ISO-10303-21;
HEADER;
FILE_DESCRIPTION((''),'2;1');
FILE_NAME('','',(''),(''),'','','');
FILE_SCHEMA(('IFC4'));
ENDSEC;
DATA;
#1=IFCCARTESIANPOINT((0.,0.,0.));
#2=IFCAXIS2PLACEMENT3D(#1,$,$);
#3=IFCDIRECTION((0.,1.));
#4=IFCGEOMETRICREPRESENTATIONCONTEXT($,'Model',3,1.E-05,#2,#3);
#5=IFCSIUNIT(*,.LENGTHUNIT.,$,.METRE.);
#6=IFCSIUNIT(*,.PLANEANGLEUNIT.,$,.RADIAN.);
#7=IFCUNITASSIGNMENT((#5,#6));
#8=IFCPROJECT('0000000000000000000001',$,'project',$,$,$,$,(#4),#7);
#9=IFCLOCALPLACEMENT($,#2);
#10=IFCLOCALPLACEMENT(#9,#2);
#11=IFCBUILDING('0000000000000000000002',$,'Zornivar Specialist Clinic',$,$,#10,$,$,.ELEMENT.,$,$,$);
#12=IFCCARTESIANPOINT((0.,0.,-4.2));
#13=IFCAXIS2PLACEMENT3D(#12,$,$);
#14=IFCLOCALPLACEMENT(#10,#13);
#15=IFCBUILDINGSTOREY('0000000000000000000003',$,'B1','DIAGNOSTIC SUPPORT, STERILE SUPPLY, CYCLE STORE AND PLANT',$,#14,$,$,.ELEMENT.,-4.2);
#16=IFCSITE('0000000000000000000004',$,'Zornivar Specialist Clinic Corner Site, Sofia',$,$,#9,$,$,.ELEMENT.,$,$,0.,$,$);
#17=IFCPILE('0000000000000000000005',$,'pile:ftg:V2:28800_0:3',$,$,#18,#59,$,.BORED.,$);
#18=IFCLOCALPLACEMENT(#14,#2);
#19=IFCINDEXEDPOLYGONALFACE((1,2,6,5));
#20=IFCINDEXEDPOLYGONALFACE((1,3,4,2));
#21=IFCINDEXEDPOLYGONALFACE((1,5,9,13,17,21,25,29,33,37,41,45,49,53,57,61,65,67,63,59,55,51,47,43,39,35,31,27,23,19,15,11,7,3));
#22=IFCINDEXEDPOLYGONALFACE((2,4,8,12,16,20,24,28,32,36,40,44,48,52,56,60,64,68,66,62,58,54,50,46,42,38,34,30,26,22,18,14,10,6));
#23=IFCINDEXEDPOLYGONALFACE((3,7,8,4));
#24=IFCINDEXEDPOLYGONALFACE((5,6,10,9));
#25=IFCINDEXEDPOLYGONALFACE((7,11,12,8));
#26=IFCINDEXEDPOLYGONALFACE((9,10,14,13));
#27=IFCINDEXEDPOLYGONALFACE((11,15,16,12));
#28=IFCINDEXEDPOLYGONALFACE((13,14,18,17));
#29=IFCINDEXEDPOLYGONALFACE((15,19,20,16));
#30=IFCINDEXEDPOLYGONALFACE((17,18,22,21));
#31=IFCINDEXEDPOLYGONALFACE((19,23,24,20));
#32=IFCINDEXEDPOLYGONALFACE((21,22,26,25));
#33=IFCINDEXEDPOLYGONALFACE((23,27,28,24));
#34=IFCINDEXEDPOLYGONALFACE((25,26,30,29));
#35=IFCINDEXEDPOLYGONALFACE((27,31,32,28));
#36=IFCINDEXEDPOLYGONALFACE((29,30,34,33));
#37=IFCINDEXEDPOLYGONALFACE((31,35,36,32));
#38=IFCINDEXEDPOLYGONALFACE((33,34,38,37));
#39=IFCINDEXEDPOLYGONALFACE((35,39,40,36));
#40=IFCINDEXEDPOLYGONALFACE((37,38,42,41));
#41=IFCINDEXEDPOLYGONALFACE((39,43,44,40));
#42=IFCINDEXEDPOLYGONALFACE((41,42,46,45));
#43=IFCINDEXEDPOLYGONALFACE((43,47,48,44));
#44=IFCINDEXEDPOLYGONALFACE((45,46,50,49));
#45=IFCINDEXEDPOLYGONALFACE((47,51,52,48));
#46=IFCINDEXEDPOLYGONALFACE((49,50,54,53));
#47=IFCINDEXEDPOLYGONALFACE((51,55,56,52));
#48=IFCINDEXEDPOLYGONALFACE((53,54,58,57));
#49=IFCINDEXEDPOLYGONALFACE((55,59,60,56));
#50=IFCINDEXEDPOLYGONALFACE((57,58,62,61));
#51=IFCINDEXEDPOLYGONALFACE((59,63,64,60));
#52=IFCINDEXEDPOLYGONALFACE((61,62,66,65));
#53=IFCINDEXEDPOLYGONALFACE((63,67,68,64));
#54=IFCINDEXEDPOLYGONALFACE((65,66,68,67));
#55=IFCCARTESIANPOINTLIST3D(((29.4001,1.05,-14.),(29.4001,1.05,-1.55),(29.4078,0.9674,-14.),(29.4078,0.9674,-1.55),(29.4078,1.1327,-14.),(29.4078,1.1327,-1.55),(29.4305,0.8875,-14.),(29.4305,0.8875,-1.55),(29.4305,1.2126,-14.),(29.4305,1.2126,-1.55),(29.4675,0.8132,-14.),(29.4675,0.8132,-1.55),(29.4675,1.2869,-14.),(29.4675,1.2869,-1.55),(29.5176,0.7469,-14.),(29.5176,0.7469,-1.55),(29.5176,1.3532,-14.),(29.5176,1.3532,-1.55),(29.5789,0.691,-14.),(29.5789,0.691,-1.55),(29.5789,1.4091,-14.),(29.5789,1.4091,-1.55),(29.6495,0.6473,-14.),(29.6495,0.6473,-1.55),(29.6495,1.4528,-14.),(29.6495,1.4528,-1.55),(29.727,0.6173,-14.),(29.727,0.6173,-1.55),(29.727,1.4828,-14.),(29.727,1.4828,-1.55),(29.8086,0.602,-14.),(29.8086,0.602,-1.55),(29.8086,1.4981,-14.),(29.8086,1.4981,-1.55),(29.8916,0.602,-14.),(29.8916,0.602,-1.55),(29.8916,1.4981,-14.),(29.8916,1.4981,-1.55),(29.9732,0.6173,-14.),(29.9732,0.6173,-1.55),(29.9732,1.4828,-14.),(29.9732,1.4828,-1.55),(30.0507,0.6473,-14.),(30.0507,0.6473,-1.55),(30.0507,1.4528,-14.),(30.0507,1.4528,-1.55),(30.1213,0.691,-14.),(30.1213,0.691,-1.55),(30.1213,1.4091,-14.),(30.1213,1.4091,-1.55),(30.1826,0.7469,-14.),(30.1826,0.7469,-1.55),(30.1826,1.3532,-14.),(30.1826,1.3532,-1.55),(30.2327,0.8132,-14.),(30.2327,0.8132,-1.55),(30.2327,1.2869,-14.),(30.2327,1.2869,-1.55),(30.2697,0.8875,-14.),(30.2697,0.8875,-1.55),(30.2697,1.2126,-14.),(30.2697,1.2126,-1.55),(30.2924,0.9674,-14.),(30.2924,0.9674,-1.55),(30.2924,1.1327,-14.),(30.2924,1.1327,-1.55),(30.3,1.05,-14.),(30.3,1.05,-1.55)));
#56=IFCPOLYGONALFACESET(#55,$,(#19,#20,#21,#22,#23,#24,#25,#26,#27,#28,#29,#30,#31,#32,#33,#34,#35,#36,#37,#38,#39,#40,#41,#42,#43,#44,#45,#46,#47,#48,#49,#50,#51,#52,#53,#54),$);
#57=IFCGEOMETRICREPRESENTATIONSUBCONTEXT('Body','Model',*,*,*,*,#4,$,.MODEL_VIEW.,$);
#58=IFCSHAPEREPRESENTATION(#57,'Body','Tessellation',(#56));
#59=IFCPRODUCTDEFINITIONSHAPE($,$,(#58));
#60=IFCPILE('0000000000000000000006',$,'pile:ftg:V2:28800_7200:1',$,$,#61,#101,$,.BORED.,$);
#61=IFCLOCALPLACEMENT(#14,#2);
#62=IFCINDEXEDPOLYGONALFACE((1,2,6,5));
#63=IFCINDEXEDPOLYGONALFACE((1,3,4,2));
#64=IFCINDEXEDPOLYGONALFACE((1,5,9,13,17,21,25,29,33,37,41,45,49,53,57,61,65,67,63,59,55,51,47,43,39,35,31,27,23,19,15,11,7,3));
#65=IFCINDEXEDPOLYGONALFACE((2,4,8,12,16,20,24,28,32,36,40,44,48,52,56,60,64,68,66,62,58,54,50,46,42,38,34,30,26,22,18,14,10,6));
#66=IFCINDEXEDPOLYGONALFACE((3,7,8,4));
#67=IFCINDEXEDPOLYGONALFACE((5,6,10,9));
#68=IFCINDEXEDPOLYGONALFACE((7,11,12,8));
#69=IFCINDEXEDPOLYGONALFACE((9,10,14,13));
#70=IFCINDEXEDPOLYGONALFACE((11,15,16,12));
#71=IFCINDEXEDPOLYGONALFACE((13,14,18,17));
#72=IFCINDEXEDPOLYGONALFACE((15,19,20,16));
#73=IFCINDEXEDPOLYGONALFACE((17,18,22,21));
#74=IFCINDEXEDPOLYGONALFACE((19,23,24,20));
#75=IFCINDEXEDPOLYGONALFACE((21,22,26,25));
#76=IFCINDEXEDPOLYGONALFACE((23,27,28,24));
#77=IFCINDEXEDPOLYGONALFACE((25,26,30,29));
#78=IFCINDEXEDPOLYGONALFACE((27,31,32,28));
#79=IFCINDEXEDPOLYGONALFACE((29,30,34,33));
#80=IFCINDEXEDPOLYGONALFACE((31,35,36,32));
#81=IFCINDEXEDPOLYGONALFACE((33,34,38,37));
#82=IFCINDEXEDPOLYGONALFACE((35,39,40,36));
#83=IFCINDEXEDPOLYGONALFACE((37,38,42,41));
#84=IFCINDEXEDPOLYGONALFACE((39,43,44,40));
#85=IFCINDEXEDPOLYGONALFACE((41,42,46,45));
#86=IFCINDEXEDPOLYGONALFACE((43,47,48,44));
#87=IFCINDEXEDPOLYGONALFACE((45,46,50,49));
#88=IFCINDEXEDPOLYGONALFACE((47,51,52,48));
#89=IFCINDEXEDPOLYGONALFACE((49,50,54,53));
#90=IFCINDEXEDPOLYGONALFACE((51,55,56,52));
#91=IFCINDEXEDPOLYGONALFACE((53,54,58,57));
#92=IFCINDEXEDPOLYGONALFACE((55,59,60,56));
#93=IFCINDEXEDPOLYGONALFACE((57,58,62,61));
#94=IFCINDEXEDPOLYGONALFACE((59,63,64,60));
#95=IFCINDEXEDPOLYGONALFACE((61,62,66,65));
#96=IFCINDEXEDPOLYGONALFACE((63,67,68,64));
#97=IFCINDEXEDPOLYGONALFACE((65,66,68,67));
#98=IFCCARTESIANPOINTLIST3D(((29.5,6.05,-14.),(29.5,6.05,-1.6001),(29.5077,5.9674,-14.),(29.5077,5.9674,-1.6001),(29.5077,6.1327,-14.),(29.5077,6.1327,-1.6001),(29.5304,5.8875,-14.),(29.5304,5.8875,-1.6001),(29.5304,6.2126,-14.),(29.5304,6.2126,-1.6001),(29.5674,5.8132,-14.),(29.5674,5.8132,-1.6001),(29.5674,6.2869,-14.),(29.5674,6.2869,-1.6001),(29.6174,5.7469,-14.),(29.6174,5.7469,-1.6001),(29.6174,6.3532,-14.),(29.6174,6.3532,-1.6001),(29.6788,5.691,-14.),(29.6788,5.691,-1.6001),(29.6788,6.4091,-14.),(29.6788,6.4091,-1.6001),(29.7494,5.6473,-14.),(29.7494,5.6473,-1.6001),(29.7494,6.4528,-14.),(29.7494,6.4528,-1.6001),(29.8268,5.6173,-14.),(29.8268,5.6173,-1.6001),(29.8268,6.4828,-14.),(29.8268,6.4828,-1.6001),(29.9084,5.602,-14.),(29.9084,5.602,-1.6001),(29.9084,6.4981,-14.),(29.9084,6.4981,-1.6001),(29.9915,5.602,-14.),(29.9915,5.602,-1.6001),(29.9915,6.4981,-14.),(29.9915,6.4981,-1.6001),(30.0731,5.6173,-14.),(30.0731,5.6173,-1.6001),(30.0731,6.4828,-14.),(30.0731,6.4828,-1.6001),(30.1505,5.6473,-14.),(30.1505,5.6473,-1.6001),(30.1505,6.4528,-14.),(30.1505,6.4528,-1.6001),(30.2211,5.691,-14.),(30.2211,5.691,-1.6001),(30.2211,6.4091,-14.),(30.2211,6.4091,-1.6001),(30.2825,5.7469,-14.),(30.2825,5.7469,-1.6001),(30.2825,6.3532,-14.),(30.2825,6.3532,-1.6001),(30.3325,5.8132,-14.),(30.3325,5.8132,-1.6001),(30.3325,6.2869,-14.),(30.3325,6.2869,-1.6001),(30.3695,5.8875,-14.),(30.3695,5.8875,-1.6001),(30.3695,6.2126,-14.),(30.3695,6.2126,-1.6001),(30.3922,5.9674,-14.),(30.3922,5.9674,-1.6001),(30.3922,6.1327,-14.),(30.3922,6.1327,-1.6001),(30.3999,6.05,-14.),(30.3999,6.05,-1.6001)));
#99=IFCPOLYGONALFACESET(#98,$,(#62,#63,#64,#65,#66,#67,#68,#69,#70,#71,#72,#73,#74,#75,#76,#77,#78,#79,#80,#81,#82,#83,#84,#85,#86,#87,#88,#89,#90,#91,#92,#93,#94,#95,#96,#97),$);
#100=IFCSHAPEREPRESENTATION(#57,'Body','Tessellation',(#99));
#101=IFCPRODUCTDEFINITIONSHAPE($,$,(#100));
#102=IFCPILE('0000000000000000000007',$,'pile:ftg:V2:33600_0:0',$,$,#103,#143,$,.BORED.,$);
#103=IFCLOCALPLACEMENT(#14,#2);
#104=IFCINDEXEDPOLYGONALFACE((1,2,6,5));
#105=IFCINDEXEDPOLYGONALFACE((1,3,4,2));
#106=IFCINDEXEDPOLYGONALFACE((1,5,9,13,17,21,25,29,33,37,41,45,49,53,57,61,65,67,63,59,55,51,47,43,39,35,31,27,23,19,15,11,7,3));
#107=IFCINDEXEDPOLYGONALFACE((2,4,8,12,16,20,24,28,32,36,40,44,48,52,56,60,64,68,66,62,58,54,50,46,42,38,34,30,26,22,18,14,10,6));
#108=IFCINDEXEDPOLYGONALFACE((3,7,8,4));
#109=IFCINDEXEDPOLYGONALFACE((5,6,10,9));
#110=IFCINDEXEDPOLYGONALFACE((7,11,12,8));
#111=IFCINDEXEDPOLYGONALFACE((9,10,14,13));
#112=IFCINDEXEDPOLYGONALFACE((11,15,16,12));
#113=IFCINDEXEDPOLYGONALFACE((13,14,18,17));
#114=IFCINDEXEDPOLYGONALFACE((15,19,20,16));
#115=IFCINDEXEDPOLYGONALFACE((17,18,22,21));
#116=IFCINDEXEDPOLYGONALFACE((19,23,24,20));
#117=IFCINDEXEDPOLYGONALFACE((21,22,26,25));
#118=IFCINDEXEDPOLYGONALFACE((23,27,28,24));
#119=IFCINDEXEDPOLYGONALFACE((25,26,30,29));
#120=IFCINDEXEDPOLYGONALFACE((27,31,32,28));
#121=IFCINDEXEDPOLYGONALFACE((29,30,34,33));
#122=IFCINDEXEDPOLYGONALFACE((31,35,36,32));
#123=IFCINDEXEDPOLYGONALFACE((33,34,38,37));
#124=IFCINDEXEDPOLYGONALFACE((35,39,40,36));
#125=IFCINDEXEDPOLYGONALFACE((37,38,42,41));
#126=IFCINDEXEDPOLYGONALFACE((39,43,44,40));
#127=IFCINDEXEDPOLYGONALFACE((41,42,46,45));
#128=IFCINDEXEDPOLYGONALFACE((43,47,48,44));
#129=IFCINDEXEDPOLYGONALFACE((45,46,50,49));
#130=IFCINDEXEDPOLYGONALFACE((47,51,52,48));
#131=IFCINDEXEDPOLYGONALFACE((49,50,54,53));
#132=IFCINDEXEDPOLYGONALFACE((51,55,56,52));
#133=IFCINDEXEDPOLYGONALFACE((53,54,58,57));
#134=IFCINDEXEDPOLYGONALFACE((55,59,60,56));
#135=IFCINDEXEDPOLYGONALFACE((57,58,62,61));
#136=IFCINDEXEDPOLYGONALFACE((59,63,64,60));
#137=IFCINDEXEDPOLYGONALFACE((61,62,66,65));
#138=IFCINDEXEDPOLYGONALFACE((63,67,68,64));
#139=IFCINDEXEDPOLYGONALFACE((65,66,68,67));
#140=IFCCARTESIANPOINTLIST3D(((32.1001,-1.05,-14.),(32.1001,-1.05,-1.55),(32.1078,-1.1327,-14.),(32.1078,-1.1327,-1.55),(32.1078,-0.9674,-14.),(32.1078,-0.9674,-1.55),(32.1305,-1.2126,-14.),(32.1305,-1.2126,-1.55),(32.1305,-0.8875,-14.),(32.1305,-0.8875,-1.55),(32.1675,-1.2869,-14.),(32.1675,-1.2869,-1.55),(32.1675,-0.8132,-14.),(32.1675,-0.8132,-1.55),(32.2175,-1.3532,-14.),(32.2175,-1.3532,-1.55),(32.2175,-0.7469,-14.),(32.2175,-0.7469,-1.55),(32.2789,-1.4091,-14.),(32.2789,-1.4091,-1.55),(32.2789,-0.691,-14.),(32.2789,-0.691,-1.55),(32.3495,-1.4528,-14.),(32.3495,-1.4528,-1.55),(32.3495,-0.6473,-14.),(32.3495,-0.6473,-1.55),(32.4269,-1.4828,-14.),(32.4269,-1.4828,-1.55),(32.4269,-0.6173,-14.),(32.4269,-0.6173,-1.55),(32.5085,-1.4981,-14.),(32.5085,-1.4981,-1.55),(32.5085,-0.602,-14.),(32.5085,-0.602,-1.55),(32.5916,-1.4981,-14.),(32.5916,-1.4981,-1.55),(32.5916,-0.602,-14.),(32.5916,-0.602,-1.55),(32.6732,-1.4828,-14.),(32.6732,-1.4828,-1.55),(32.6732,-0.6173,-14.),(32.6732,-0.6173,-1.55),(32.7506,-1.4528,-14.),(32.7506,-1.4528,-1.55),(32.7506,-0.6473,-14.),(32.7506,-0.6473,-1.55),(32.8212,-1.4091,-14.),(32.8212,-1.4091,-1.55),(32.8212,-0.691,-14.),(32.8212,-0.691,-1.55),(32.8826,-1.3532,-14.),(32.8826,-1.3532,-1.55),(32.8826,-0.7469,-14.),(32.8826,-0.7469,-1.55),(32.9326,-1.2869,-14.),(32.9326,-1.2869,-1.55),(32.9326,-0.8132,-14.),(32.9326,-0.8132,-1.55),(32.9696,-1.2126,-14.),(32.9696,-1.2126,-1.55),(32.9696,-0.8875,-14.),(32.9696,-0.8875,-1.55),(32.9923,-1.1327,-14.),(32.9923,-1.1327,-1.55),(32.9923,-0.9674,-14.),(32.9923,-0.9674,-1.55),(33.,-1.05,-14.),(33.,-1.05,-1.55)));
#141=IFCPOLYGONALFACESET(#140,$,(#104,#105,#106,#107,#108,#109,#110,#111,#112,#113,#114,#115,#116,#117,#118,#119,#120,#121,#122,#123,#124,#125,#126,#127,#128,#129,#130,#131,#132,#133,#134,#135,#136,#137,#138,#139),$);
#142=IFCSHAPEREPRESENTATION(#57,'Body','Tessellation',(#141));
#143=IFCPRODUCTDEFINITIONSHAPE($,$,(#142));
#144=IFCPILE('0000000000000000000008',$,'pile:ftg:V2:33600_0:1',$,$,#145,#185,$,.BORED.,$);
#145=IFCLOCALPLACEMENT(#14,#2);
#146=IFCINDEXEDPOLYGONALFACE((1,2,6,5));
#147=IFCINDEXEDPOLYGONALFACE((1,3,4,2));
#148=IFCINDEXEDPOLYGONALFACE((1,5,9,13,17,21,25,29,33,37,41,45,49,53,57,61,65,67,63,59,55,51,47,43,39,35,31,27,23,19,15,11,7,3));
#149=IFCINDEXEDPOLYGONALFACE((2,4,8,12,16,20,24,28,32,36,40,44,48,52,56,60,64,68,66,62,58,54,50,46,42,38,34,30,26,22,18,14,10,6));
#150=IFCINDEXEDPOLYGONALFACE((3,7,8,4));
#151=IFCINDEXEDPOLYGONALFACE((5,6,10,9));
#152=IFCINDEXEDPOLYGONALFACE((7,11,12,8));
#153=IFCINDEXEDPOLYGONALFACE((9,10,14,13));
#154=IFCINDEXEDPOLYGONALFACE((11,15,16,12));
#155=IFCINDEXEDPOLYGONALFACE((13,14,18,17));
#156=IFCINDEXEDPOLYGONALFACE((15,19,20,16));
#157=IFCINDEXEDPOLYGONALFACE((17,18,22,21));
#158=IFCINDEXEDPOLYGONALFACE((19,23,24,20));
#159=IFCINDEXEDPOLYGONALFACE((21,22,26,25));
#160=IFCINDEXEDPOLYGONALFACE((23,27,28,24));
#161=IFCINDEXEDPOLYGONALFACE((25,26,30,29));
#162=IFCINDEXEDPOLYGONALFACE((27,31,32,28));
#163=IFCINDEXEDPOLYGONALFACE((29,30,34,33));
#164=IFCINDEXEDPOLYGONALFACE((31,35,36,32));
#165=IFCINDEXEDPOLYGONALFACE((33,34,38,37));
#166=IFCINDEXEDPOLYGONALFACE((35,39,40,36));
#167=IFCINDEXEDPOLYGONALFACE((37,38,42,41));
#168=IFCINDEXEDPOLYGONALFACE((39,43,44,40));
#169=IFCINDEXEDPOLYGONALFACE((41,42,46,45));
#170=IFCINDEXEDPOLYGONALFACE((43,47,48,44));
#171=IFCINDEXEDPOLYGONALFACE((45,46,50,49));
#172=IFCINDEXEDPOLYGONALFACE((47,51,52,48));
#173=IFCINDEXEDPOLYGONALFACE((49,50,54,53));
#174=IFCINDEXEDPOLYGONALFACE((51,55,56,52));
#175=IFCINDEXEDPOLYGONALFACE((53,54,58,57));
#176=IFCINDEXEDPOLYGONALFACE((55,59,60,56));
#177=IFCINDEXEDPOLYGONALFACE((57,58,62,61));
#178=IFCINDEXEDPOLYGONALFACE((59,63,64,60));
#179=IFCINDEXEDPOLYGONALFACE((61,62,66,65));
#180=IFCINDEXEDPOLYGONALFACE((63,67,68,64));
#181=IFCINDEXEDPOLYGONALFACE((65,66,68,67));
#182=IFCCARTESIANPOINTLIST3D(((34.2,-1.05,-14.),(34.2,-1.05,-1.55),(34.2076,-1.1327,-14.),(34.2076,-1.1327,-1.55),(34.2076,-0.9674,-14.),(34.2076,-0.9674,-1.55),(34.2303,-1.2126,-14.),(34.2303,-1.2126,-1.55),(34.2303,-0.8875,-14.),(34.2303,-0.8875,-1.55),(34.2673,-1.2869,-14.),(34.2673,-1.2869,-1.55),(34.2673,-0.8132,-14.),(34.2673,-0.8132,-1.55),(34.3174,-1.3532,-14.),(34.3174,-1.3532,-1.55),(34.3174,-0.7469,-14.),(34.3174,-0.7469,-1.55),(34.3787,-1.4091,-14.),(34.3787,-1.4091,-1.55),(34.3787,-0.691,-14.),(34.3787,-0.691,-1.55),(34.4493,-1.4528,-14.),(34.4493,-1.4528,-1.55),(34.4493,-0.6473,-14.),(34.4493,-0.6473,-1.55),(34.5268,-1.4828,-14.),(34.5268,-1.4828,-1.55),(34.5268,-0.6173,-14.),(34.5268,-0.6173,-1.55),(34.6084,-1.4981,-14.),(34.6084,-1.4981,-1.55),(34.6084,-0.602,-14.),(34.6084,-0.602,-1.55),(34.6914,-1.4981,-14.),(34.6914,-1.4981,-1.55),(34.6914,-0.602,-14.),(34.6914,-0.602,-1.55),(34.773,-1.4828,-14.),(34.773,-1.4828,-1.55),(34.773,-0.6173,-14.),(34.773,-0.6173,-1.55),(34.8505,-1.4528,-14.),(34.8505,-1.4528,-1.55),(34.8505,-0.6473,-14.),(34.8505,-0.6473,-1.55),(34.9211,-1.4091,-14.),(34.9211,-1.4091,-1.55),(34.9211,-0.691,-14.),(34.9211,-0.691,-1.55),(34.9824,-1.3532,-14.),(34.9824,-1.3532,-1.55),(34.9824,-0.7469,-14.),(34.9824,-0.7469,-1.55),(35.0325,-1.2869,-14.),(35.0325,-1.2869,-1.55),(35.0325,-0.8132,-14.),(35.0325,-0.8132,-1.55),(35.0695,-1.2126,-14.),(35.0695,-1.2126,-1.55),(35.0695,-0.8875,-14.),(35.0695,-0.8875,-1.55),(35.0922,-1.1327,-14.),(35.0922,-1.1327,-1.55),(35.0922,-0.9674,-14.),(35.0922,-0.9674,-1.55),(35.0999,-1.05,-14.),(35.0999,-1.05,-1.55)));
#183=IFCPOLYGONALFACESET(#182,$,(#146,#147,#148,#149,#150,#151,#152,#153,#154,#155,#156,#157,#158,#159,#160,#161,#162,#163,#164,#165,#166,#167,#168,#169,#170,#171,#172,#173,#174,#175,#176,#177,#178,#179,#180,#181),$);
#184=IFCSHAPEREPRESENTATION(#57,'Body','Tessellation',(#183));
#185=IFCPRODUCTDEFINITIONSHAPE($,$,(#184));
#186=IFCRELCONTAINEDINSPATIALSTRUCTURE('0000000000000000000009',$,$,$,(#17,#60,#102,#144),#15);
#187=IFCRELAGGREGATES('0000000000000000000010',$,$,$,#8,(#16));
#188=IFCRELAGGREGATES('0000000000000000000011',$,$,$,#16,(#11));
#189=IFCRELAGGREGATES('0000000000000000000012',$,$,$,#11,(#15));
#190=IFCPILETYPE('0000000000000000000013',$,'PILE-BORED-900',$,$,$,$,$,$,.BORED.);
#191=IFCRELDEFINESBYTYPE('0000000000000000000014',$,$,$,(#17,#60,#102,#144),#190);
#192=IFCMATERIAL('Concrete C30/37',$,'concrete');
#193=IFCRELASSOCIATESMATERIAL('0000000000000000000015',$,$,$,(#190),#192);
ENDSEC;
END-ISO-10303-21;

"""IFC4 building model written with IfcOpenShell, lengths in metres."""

from ifc_helpers import new_model, si_unit, direction, frame, origin, origin_2d, place, context, subcontext, project, spatial, circle, extrude, material, material_profile, profile_set, type_object, element, save


model = new_model("IFC4")

# Units and contexts
model_context = context("Model", 3, precision=1e-05, world=origin(), true_north=direction((0.0, 1.0)))
body_context = subcontext(model_context, "Body", "Model", "MODEL_VIEW")
ifc_project = project(units=[si_unit("LENGTHUNIT", "METRE"), si_unit("PLANEANGLEUNIT", "RADIAN")], contexts=[model_context])

# Site, building, storey
site_placement = place(None, origin())
site = spatial("IfcSite", under=ifc_project, at=site_placement, Name="Zornivar Specialist Clinic Corner Site, Sofia", CompositionType="ELEMENT", RefElevation=0.0)
building_placement = place(site_placement, origin())
building = spatial("IfcBuilding", under=site, at=building_placement, Name="Zornivar Specialist Clinic", CompositionType="ELEMENT")
storey_placement = place(building_placement, frame((0.0, 0.0, -4.2)))
storey = spatial("IfcBuildingStorey", under=building, at=storey_placement, Name="B1", Description="DIAGNOSTIC SUPPORT, STERILE SUPPLY, CYCLE STORE AND PLANT", CompositionType="ELEMENT", Elevation=-4.2)

# Piles
ifc_material_1 = material(Name="Concrete C30/37", Category="concrete")
ifc_material_profile_1 = material_profile(ifc_material_1, circle(Radius=0.45, at=origin_2d()), Name="PILE D900")
ifc_profile_set_1 = profile_set([ifc_material_profile_1], Name="Concrete C30/37")
pile_type = type_object("IfcPileType", Name="PILE-BORED-900", PredefinedType="BORED", material=ifc_profile_set_1)
for number, where, z_axis, x_axis, name in (
    (1, (29.8501, 1.05, -1.55), (0.0, 0.0, -1.0), (1.0, 0.0, 0.0), "pile:ftg:V2:28800_0:3"),
):
    element("IfcPile", number, at=place(storey_placement, frame(where, z_axis=z_axis, x_axis=x_axis)), inside=storey, type_object=pile_type, Name=name, PredefinedType="BORED", context=body_context, shape_type="SweptSolid", body=[
        extrude(circle(Radius=0.45, at=origin_2d()), origin(), (0.0, 0.0, 1.0), 12.45),
    ])
pile_placement = place(storey_placement, frame((29.95, 6.05, -1.6001), z_axis=(0.0, 0.0, -1.0), x_axis=(1.0, 0.0, 0.0)))
element("IfcPile", 2, at=pile_placement, inside=storey, type_object=pile_type, Name="pile:ftg:V2:28800_7200:1", PredefinedType="BORED", context=body_context, shape_type="SweptSolid", body=[
    extrude(circle(Radius=0.45, at=origin_2d()), origin(), (0.0, 0.0, 1.0), 12.3999),
])
for number, where, z_axis, x_axis, name in (
    (3, (32.55, -1.05, -1.55), (0.0, 0.0, -1.0), (1.0, 0.0, 0.0), "pile:ftg:V2:33600_0:0"),
    (4, (34.6499, -1.05, -1.55), (0.0, 0.0, -1.0), (1.0, 0.0, 0.0), "pile:ftg:V2:33600_0:1"),
):
    element("IfcPile", number, at=place(storey_placement, frame(where, z_axis=z_axis, x_axis=x_axis)), inside=storey, type_object=pile_type, Name=name, PredefinedType="BORED", context=body_context, shape_type="SweptSolid", body=[
        extrude(circle(Radius=0.45, at=origin_2d()), origin(), (0.0, 0.0, 1.0), 12.45),
    ])

save(model, "model.ifc")
